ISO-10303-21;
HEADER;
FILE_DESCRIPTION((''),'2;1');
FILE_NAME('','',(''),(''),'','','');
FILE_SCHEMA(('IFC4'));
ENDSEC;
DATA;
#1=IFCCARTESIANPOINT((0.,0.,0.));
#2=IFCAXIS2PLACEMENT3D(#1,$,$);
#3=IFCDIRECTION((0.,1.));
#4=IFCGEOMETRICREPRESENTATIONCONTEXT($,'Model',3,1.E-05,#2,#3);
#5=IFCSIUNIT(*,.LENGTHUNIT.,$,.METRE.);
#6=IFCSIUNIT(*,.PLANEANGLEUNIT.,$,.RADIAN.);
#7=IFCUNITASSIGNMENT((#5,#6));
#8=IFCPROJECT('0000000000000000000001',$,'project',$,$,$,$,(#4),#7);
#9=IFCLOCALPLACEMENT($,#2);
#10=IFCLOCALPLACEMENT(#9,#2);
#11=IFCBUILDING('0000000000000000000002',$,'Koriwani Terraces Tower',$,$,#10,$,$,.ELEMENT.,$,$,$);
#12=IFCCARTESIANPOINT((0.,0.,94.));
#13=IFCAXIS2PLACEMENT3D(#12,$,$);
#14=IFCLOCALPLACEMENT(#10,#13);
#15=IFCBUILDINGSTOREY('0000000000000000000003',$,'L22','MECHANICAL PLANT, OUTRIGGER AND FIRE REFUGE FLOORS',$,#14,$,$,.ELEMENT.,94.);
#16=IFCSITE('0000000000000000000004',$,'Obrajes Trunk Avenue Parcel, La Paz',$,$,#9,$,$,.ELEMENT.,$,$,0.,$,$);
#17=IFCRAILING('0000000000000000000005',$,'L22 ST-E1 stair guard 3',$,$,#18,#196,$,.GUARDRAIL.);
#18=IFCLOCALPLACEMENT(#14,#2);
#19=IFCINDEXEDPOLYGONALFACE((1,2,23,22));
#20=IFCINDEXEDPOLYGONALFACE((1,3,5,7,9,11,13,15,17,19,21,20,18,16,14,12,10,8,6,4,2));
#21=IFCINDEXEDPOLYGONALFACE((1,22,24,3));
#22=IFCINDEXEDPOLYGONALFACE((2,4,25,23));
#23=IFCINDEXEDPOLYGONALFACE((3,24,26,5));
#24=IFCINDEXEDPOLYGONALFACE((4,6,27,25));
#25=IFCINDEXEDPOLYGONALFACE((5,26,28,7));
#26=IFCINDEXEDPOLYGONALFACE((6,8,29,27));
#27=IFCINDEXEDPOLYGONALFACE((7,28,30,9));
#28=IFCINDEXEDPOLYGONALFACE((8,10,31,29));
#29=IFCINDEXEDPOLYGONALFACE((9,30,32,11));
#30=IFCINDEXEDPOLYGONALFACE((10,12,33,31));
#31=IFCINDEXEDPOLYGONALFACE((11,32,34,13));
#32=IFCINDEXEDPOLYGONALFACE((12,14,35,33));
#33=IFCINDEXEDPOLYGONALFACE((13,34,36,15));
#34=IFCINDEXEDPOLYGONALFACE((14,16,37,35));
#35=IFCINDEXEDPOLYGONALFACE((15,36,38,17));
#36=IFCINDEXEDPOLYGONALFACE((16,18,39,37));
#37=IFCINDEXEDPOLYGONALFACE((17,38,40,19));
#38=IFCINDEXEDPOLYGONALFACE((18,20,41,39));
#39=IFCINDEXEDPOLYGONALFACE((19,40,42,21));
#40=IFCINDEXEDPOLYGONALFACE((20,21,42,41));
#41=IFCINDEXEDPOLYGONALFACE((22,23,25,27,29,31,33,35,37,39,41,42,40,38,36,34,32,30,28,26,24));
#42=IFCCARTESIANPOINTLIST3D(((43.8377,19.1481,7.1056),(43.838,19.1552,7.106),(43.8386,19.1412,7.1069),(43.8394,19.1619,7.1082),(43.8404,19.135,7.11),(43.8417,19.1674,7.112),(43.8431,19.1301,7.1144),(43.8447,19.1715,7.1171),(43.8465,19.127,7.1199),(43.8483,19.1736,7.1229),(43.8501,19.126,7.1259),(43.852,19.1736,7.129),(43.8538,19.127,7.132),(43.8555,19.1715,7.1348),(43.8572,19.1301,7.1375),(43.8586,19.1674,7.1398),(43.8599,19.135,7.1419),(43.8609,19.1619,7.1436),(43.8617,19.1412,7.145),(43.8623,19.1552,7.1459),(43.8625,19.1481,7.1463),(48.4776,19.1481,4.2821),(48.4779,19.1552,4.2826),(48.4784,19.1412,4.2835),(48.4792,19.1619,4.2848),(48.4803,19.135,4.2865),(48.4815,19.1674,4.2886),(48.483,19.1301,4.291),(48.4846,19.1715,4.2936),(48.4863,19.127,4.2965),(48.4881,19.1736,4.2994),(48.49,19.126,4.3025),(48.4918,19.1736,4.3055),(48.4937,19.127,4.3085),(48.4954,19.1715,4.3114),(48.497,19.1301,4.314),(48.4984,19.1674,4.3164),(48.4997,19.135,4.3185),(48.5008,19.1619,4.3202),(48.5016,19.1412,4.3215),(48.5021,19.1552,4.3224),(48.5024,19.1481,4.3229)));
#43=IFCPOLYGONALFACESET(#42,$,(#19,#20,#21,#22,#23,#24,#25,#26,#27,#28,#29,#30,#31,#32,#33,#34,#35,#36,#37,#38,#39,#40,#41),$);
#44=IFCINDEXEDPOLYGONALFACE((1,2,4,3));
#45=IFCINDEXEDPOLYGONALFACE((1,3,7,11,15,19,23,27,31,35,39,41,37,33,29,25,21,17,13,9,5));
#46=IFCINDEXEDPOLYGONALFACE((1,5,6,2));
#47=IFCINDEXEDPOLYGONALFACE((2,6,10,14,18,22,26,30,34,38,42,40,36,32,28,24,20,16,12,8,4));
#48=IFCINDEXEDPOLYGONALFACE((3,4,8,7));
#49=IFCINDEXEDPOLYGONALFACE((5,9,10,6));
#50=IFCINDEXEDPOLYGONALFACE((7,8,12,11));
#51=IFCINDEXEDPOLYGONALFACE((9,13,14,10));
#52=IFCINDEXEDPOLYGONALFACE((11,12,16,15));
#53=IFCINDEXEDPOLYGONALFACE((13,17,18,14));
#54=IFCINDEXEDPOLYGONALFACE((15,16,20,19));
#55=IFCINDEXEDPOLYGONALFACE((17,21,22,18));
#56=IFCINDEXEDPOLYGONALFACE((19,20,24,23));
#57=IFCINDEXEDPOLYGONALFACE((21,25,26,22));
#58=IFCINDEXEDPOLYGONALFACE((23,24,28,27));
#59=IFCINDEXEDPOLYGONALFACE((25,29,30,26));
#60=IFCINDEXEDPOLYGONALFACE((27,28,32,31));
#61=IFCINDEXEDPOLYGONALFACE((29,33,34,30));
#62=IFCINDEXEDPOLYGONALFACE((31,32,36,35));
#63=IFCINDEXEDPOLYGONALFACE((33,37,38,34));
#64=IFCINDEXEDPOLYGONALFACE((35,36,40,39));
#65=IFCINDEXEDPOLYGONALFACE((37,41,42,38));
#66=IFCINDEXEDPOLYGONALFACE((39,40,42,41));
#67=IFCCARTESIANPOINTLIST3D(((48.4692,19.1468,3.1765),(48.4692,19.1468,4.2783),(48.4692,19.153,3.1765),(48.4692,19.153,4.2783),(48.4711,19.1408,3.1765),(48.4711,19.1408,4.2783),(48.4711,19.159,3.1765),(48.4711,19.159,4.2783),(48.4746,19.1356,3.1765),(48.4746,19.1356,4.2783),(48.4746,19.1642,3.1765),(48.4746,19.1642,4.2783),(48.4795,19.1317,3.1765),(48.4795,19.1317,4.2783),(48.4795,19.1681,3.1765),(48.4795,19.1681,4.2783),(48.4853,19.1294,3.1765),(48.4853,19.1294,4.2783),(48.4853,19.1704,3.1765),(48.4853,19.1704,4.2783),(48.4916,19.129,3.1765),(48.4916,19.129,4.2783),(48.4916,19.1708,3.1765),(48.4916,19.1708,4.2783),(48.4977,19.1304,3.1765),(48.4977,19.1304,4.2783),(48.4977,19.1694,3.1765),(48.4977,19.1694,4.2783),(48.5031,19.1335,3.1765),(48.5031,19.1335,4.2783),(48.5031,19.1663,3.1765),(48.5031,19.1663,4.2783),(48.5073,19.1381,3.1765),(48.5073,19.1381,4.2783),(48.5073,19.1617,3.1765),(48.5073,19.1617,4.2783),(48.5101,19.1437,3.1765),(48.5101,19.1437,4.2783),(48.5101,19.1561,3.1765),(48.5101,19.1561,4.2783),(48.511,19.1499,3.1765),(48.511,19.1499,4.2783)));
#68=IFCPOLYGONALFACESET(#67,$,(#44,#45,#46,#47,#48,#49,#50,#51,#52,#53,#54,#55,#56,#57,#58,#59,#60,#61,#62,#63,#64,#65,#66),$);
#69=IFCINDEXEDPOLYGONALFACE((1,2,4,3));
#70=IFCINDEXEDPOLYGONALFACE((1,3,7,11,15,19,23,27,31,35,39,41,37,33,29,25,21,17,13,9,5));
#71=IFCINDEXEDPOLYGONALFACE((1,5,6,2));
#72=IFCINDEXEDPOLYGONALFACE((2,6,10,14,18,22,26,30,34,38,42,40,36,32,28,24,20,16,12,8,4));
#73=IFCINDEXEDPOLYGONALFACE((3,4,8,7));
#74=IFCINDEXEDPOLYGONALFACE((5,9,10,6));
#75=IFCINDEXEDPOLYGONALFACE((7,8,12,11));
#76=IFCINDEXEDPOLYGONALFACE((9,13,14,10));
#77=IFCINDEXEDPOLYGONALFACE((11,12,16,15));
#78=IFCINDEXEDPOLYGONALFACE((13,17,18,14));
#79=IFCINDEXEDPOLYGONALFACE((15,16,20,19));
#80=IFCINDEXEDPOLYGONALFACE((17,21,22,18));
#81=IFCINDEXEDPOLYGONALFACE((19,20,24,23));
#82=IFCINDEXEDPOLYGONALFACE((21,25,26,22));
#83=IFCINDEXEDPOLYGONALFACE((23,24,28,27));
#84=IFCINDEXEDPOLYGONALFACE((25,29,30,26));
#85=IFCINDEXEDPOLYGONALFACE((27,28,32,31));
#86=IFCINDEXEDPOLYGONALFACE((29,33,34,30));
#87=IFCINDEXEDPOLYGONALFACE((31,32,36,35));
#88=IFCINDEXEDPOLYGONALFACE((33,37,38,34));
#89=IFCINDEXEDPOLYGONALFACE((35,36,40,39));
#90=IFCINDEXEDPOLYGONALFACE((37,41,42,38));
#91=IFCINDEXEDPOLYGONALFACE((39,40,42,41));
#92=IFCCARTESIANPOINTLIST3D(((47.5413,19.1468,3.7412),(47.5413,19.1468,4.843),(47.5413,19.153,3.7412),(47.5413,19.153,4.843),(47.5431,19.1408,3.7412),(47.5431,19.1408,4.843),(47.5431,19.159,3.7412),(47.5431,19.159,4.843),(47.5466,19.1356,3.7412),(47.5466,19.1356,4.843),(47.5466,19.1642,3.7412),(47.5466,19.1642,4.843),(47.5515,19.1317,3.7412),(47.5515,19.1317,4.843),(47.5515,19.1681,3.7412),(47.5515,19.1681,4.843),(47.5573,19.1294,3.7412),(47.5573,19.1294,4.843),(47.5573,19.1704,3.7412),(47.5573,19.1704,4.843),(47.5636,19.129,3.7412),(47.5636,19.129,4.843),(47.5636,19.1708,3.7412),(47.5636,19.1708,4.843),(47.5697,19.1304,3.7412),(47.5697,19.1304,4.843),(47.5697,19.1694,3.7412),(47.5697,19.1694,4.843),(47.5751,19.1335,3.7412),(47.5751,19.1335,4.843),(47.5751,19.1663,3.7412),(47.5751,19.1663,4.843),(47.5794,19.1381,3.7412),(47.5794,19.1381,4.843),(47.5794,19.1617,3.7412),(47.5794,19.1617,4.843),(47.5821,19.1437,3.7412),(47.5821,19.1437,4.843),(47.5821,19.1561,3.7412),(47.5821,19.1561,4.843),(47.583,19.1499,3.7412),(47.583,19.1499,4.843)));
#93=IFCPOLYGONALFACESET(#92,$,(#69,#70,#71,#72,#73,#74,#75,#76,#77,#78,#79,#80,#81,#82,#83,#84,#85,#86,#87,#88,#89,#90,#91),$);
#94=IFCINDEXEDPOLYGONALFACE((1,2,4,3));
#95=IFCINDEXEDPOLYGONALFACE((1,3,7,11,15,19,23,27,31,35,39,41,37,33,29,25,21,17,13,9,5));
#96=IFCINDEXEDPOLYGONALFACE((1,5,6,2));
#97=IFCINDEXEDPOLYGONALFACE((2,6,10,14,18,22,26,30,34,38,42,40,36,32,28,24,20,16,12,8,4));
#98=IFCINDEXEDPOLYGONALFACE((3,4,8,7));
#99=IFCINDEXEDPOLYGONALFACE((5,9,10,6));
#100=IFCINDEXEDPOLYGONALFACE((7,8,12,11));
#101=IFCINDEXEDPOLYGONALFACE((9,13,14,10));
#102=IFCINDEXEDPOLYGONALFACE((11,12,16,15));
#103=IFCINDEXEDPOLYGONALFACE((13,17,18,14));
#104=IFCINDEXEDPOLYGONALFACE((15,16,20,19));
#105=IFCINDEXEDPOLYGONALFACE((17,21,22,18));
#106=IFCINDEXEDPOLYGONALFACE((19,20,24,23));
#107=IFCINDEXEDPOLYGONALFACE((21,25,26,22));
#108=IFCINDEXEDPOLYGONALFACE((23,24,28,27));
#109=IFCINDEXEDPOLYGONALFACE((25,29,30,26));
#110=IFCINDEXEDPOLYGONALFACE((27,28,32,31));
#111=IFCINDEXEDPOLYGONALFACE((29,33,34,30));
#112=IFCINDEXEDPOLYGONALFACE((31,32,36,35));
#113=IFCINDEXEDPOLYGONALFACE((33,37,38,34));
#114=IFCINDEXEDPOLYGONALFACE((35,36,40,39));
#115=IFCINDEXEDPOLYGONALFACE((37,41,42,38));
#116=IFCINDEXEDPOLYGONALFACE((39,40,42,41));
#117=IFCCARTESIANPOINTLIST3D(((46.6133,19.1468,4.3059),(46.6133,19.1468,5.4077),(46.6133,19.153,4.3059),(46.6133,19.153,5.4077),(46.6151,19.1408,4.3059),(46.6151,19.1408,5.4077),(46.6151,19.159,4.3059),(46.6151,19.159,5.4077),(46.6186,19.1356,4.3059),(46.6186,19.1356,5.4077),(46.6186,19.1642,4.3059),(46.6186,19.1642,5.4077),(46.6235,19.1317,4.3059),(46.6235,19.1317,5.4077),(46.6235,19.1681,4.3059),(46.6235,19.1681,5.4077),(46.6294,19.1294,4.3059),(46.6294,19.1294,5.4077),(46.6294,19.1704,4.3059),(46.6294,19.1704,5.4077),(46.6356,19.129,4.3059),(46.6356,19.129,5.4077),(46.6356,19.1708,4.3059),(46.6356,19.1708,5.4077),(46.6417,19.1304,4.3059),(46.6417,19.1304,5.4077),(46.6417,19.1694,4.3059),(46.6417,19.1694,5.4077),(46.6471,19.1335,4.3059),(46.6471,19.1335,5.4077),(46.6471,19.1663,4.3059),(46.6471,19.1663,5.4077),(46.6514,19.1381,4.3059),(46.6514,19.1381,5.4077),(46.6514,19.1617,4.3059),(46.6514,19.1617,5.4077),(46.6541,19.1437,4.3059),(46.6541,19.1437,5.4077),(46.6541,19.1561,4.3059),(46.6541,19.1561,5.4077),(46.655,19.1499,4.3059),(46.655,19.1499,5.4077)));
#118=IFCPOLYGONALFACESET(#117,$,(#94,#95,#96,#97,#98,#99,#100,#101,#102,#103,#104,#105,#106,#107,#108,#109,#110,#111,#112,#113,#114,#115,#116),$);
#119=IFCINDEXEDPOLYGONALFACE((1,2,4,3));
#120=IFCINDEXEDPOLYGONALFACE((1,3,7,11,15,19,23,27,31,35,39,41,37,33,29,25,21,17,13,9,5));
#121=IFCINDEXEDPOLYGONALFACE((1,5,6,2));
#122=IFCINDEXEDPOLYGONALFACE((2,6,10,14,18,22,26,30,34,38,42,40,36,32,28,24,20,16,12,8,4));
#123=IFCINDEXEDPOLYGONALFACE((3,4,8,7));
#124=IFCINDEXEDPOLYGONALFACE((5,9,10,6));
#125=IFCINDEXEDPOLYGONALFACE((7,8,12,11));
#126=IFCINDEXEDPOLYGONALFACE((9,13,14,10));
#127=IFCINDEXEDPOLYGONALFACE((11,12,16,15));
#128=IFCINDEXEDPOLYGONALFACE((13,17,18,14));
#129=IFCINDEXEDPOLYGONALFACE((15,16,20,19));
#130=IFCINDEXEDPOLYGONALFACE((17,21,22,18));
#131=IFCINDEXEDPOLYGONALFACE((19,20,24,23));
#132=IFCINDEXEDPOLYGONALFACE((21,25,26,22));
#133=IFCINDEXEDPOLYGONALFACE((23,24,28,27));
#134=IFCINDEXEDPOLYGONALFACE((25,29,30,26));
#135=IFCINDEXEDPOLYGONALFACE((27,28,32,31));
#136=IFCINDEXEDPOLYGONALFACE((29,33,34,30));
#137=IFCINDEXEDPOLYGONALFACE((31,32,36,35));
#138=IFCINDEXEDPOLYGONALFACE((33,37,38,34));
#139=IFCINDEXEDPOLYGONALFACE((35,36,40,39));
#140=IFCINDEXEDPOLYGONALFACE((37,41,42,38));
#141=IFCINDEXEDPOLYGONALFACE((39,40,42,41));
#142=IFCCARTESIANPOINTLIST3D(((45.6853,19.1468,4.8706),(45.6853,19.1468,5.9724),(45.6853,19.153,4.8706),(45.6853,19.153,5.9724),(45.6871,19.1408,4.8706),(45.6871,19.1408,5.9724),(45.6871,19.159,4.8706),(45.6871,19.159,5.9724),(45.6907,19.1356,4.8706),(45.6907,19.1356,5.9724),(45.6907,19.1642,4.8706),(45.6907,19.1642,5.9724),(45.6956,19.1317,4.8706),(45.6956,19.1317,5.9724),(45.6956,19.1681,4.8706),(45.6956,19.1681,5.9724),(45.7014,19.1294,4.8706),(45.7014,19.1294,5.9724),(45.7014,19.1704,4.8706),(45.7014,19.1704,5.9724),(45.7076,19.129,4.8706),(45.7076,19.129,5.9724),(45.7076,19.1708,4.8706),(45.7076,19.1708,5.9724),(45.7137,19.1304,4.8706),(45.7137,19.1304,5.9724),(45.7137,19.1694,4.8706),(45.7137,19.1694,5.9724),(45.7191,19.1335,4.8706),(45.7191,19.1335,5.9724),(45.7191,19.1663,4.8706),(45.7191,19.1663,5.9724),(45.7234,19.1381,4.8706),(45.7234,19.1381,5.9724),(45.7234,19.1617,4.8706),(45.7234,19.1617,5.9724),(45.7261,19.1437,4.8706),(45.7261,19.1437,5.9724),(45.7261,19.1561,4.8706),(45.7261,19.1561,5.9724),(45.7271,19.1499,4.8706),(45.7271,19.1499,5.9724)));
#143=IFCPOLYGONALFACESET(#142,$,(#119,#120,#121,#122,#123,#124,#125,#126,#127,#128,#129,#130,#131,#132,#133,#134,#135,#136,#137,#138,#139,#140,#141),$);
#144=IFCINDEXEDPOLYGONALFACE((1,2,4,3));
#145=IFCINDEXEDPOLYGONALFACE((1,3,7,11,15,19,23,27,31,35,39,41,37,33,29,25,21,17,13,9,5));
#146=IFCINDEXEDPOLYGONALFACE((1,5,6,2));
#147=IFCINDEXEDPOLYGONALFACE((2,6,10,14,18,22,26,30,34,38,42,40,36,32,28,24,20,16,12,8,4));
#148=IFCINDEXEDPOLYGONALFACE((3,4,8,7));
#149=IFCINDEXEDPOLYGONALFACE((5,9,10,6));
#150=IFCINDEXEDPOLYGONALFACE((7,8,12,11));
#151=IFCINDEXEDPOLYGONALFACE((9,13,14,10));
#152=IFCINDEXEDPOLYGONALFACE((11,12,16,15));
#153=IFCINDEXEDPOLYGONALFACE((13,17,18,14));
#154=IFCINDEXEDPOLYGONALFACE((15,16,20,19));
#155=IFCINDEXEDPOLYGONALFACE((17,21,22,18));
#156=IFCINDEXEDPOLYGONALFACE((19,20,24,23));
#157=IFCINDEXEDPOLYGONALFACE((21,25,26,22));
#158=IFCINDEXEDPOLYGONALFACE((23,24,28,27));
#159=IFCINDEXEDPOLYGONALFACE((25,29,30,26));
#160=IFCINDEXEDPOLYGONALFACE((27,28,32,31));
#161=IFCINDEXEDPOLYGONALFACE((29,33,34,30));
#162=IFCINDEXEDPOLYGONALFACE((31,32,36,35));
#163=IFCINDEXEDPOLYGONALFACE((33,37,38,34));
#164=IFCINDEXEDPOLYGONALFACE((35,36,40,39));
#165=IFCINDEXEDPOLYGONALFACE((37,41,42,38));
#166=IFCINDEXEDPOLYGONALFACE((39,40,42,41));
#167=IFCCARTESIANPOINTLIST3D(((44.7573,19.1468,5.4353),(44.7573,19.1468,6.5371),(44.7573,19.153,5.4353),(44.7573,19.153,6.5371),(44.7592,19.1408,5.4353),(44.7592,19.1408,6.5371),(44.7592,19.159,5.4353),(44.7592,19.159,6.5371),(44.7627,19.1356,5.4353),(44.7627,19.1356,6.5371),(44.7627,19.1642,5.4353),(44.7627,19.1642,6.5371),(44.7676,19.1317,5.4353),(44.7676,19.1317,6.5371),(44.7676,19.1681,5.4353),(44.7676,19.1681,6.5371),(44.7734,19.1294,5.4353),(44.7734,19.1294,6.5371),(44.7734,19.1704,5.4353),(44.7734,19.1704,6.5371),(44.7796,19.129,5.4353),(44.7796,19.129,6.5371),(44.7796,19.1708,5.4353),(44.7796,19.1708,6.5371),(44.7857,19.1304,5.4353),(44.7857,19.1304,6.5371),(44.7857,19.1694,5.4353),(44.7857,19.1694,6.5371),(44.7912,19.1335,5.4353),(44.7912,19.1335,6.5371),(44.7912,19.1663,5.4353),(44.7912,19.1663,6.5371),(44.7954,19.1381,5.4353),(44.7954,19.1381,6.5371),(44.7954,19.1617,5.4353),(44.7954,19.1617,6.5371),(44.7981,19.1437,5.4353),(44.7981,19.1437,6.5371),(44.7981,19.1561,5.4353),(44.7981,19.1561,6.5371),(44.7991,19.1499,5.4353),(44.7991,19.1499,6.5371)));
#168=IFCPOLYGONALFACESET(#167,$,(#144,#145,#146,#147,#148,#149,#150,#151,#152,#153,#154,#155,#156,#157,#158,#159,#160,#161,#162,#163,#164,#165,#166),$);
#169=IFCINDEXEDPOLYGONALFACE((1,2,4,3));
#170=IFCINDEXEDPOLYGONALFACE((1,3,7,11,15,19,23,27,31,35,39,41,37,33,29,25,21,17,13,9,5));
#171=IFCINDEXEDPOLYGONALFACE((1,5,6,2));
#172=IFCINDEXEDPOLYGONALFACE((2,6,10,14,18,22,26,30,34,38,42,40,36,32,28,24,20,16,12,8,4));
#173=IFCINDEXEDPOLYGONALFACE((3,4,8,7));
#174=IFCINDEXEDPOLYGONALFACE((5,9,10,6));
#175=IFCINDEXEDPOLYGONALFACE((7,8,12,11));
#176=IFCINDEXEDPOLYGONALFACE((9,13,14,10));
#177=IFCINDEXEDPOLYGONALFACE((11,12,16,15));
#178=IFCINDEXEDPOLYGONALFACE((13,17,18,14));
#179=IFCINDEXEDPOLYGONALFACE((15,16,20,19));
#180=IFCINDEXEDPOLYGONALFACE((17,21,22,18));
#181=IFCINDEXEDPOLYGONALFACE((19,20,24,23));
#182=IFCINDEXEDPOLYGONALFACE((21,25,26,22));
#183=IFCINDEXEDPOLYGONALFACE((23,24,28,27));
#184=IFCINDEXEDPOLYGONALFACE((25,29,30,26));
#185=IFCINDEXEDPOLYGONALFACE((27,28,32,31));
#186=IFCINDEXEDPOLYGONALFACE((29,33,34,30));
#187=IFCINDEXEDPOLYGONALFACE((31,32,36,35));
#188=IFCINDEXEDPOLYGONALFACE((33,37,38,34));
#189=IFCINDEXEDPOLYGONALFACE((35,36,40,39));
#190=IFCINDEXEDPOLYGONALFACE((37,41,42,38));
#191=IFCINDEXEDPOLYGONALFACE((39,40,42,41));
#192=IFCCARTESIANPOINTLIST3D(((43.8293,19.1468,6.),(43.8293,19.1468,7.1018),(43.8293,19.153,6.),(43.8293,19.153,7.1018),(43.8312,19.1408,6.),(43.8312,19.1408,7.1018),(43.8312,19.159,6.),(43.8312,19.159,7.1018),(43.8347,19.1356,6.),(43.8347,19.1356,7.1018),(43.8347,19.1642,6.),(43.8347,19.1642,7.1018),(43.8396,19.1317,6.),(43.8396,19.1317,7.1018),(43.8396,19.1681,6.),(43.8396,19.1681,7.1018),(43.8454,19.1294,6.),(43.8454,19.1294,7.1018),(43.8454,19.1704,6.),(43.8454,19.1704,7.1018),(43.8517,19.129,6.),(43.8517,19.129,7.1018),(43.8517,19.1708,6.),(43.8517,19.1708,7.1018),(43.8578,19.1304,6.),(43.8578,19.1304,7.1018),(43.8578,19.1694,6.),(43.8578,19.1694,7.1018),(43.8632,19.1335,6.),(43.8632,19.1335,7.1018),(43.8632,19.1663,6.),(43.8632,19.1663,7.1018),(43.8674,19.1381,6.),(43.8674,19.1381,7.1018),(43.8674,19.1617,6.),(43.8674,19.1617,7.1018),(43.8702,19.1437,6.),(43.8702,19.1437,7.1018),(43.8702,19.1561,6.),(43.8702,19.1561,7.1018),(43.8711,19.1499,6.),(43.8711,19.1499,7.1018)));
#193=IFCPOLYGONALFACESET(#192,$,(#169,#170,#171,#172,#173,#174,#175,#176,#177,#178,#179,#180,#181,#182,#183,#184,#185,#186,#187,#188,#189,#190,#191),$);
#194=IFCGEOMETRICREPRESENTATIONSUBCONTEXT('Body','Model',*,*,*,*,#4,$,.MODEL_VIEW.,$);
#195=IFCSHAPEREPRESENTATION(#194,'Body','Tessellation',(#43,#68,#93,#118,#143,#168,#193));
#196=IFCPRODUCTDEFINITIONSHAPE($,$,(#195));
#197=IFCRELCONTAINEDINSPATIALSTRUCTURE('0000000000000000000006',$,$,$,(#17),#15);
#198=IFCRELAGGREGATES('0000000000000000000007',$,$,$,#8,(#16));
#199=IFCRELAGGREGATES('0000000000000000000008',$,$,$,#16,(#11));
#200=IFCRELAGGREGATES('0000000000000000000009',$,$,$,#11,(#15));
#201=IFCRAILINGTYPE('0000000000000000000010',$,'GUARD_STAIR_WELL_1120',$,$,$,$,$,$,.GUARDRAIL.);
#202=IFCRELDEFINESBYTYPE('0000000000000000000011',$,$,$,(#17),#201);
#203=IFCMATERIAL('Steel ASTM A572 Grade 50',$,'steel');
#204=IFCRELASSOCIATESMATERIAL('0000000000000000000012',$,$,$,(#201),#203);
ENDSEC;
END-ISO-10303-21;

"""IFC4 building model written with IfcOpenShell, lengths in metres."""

from ifc_helpers import new_model, si_unit, direction, frame, origin, origin_2d, place, context, subcontext, project, spatial, circle, extrude, material, type_object, element, save


model = new_model("IFC4")

# Units and contexts
model_context = context("Model", 3, precision=1e-05, world=origin(), true_north=direction((0.0, 1.0)))
body_context = subcontext(model_context, "Body", "Model", "MODEL_VIEW")
ifc_project = project(units=[si_unit("LENGTHUNIT", "METRE"), si_unit("PLANEANGLEUNIT", "RADIAN")], contexts=[model_context])

# Site, building, storey
site_placement = place(None, origin())
site = spatial("IfcSite", under=ifc_project, at=site_placement, Name="Obrajes Trunk Avenue Parcel, La Paz", CompositionType="ELEMENT", RefElevation=0.0)
building_placement = place(site_placement, origin())
building = spatial("IfcBuilding", under=site, at=building_placement, Name="Koriwani Terraces Tower", CompositionType="ELEMENT")
storey_placement = place(building_placement, frame((0.0, 0.0, 94.0)))
storey = spatial("IfcBuildingStorey", under=building, at=storey_placement, Name="L22", Description="MECHANICAL PLANT, OUTRIGGER AND FIRE REFUGE FLOORS", CompositionType="ELEMENT", Elevation=94.0)

# Shared definitions
ifc_material_1 = material(Name="Steel ASTM A572 Grade 50", Category="steel")

# Railing
railing_type_1 = type_object("IfcRailingType", Name="GUARD_STAIR_WELL_1120", PredefinedType="GUARDRAIL", material=ifc_material_1)
railing_1_placement = place(storey_placement, frame((48.49, 19.1499, 3.1765)))
element("IfcRailing", 1, at=railing_1_placement, inside=storey, type_object=railing_type_1, Name="L22 ST-E1 stair guard 3", PredefinedType="GUARDRAIL", context=body_context, shape_type="SweptSolid", body=[
    extrude(circle(Radius=0.0239, at=origin_2d()), frame((0.0, 0.0, 1.126), z_axis=(-0.854264, 0.0, 0.51984), x_axis=(0.0, -1.0, 0.0)), (0.0, 0.0, 1.0), 5.4314),
    extrude(circle(Radius=0.021, at=origin_2d()), origin(), (0.0, 0.0, 1.0), 1.1018),
    extrude(circle(Radius=0.021, at=origin_2d()), frame((-0.928, 0.0, 0.5647)), (0.0, 0.0, 1.0), 1.1018),
    extrude(circle(Radius=0.021, at=origin_2d()), frame((-1.856, 0.0, 1.1294)), (0.0, 0.0, 1.0), 1.1018),
    extrude(circle(Radius=0.021, at=origin_2d()), frame((-2.7839, 0.0, 1.6941)), (0.0, 0.0, 1.0), 1.1018),
    extrude(circle(Radius=0.021, at=origin_2d()), frame((-3.7119, 0.0, 2.2588)), (0.0, 0.0, 1.0), 1.1018),
    extrude(circle(Radius=0.021, at=origin_2d()), frame((-4.6399, 0.0, 2.8235)), (0.0, 0.0, 1.0), 1.1018),
])

save(model, "model.ifc")
